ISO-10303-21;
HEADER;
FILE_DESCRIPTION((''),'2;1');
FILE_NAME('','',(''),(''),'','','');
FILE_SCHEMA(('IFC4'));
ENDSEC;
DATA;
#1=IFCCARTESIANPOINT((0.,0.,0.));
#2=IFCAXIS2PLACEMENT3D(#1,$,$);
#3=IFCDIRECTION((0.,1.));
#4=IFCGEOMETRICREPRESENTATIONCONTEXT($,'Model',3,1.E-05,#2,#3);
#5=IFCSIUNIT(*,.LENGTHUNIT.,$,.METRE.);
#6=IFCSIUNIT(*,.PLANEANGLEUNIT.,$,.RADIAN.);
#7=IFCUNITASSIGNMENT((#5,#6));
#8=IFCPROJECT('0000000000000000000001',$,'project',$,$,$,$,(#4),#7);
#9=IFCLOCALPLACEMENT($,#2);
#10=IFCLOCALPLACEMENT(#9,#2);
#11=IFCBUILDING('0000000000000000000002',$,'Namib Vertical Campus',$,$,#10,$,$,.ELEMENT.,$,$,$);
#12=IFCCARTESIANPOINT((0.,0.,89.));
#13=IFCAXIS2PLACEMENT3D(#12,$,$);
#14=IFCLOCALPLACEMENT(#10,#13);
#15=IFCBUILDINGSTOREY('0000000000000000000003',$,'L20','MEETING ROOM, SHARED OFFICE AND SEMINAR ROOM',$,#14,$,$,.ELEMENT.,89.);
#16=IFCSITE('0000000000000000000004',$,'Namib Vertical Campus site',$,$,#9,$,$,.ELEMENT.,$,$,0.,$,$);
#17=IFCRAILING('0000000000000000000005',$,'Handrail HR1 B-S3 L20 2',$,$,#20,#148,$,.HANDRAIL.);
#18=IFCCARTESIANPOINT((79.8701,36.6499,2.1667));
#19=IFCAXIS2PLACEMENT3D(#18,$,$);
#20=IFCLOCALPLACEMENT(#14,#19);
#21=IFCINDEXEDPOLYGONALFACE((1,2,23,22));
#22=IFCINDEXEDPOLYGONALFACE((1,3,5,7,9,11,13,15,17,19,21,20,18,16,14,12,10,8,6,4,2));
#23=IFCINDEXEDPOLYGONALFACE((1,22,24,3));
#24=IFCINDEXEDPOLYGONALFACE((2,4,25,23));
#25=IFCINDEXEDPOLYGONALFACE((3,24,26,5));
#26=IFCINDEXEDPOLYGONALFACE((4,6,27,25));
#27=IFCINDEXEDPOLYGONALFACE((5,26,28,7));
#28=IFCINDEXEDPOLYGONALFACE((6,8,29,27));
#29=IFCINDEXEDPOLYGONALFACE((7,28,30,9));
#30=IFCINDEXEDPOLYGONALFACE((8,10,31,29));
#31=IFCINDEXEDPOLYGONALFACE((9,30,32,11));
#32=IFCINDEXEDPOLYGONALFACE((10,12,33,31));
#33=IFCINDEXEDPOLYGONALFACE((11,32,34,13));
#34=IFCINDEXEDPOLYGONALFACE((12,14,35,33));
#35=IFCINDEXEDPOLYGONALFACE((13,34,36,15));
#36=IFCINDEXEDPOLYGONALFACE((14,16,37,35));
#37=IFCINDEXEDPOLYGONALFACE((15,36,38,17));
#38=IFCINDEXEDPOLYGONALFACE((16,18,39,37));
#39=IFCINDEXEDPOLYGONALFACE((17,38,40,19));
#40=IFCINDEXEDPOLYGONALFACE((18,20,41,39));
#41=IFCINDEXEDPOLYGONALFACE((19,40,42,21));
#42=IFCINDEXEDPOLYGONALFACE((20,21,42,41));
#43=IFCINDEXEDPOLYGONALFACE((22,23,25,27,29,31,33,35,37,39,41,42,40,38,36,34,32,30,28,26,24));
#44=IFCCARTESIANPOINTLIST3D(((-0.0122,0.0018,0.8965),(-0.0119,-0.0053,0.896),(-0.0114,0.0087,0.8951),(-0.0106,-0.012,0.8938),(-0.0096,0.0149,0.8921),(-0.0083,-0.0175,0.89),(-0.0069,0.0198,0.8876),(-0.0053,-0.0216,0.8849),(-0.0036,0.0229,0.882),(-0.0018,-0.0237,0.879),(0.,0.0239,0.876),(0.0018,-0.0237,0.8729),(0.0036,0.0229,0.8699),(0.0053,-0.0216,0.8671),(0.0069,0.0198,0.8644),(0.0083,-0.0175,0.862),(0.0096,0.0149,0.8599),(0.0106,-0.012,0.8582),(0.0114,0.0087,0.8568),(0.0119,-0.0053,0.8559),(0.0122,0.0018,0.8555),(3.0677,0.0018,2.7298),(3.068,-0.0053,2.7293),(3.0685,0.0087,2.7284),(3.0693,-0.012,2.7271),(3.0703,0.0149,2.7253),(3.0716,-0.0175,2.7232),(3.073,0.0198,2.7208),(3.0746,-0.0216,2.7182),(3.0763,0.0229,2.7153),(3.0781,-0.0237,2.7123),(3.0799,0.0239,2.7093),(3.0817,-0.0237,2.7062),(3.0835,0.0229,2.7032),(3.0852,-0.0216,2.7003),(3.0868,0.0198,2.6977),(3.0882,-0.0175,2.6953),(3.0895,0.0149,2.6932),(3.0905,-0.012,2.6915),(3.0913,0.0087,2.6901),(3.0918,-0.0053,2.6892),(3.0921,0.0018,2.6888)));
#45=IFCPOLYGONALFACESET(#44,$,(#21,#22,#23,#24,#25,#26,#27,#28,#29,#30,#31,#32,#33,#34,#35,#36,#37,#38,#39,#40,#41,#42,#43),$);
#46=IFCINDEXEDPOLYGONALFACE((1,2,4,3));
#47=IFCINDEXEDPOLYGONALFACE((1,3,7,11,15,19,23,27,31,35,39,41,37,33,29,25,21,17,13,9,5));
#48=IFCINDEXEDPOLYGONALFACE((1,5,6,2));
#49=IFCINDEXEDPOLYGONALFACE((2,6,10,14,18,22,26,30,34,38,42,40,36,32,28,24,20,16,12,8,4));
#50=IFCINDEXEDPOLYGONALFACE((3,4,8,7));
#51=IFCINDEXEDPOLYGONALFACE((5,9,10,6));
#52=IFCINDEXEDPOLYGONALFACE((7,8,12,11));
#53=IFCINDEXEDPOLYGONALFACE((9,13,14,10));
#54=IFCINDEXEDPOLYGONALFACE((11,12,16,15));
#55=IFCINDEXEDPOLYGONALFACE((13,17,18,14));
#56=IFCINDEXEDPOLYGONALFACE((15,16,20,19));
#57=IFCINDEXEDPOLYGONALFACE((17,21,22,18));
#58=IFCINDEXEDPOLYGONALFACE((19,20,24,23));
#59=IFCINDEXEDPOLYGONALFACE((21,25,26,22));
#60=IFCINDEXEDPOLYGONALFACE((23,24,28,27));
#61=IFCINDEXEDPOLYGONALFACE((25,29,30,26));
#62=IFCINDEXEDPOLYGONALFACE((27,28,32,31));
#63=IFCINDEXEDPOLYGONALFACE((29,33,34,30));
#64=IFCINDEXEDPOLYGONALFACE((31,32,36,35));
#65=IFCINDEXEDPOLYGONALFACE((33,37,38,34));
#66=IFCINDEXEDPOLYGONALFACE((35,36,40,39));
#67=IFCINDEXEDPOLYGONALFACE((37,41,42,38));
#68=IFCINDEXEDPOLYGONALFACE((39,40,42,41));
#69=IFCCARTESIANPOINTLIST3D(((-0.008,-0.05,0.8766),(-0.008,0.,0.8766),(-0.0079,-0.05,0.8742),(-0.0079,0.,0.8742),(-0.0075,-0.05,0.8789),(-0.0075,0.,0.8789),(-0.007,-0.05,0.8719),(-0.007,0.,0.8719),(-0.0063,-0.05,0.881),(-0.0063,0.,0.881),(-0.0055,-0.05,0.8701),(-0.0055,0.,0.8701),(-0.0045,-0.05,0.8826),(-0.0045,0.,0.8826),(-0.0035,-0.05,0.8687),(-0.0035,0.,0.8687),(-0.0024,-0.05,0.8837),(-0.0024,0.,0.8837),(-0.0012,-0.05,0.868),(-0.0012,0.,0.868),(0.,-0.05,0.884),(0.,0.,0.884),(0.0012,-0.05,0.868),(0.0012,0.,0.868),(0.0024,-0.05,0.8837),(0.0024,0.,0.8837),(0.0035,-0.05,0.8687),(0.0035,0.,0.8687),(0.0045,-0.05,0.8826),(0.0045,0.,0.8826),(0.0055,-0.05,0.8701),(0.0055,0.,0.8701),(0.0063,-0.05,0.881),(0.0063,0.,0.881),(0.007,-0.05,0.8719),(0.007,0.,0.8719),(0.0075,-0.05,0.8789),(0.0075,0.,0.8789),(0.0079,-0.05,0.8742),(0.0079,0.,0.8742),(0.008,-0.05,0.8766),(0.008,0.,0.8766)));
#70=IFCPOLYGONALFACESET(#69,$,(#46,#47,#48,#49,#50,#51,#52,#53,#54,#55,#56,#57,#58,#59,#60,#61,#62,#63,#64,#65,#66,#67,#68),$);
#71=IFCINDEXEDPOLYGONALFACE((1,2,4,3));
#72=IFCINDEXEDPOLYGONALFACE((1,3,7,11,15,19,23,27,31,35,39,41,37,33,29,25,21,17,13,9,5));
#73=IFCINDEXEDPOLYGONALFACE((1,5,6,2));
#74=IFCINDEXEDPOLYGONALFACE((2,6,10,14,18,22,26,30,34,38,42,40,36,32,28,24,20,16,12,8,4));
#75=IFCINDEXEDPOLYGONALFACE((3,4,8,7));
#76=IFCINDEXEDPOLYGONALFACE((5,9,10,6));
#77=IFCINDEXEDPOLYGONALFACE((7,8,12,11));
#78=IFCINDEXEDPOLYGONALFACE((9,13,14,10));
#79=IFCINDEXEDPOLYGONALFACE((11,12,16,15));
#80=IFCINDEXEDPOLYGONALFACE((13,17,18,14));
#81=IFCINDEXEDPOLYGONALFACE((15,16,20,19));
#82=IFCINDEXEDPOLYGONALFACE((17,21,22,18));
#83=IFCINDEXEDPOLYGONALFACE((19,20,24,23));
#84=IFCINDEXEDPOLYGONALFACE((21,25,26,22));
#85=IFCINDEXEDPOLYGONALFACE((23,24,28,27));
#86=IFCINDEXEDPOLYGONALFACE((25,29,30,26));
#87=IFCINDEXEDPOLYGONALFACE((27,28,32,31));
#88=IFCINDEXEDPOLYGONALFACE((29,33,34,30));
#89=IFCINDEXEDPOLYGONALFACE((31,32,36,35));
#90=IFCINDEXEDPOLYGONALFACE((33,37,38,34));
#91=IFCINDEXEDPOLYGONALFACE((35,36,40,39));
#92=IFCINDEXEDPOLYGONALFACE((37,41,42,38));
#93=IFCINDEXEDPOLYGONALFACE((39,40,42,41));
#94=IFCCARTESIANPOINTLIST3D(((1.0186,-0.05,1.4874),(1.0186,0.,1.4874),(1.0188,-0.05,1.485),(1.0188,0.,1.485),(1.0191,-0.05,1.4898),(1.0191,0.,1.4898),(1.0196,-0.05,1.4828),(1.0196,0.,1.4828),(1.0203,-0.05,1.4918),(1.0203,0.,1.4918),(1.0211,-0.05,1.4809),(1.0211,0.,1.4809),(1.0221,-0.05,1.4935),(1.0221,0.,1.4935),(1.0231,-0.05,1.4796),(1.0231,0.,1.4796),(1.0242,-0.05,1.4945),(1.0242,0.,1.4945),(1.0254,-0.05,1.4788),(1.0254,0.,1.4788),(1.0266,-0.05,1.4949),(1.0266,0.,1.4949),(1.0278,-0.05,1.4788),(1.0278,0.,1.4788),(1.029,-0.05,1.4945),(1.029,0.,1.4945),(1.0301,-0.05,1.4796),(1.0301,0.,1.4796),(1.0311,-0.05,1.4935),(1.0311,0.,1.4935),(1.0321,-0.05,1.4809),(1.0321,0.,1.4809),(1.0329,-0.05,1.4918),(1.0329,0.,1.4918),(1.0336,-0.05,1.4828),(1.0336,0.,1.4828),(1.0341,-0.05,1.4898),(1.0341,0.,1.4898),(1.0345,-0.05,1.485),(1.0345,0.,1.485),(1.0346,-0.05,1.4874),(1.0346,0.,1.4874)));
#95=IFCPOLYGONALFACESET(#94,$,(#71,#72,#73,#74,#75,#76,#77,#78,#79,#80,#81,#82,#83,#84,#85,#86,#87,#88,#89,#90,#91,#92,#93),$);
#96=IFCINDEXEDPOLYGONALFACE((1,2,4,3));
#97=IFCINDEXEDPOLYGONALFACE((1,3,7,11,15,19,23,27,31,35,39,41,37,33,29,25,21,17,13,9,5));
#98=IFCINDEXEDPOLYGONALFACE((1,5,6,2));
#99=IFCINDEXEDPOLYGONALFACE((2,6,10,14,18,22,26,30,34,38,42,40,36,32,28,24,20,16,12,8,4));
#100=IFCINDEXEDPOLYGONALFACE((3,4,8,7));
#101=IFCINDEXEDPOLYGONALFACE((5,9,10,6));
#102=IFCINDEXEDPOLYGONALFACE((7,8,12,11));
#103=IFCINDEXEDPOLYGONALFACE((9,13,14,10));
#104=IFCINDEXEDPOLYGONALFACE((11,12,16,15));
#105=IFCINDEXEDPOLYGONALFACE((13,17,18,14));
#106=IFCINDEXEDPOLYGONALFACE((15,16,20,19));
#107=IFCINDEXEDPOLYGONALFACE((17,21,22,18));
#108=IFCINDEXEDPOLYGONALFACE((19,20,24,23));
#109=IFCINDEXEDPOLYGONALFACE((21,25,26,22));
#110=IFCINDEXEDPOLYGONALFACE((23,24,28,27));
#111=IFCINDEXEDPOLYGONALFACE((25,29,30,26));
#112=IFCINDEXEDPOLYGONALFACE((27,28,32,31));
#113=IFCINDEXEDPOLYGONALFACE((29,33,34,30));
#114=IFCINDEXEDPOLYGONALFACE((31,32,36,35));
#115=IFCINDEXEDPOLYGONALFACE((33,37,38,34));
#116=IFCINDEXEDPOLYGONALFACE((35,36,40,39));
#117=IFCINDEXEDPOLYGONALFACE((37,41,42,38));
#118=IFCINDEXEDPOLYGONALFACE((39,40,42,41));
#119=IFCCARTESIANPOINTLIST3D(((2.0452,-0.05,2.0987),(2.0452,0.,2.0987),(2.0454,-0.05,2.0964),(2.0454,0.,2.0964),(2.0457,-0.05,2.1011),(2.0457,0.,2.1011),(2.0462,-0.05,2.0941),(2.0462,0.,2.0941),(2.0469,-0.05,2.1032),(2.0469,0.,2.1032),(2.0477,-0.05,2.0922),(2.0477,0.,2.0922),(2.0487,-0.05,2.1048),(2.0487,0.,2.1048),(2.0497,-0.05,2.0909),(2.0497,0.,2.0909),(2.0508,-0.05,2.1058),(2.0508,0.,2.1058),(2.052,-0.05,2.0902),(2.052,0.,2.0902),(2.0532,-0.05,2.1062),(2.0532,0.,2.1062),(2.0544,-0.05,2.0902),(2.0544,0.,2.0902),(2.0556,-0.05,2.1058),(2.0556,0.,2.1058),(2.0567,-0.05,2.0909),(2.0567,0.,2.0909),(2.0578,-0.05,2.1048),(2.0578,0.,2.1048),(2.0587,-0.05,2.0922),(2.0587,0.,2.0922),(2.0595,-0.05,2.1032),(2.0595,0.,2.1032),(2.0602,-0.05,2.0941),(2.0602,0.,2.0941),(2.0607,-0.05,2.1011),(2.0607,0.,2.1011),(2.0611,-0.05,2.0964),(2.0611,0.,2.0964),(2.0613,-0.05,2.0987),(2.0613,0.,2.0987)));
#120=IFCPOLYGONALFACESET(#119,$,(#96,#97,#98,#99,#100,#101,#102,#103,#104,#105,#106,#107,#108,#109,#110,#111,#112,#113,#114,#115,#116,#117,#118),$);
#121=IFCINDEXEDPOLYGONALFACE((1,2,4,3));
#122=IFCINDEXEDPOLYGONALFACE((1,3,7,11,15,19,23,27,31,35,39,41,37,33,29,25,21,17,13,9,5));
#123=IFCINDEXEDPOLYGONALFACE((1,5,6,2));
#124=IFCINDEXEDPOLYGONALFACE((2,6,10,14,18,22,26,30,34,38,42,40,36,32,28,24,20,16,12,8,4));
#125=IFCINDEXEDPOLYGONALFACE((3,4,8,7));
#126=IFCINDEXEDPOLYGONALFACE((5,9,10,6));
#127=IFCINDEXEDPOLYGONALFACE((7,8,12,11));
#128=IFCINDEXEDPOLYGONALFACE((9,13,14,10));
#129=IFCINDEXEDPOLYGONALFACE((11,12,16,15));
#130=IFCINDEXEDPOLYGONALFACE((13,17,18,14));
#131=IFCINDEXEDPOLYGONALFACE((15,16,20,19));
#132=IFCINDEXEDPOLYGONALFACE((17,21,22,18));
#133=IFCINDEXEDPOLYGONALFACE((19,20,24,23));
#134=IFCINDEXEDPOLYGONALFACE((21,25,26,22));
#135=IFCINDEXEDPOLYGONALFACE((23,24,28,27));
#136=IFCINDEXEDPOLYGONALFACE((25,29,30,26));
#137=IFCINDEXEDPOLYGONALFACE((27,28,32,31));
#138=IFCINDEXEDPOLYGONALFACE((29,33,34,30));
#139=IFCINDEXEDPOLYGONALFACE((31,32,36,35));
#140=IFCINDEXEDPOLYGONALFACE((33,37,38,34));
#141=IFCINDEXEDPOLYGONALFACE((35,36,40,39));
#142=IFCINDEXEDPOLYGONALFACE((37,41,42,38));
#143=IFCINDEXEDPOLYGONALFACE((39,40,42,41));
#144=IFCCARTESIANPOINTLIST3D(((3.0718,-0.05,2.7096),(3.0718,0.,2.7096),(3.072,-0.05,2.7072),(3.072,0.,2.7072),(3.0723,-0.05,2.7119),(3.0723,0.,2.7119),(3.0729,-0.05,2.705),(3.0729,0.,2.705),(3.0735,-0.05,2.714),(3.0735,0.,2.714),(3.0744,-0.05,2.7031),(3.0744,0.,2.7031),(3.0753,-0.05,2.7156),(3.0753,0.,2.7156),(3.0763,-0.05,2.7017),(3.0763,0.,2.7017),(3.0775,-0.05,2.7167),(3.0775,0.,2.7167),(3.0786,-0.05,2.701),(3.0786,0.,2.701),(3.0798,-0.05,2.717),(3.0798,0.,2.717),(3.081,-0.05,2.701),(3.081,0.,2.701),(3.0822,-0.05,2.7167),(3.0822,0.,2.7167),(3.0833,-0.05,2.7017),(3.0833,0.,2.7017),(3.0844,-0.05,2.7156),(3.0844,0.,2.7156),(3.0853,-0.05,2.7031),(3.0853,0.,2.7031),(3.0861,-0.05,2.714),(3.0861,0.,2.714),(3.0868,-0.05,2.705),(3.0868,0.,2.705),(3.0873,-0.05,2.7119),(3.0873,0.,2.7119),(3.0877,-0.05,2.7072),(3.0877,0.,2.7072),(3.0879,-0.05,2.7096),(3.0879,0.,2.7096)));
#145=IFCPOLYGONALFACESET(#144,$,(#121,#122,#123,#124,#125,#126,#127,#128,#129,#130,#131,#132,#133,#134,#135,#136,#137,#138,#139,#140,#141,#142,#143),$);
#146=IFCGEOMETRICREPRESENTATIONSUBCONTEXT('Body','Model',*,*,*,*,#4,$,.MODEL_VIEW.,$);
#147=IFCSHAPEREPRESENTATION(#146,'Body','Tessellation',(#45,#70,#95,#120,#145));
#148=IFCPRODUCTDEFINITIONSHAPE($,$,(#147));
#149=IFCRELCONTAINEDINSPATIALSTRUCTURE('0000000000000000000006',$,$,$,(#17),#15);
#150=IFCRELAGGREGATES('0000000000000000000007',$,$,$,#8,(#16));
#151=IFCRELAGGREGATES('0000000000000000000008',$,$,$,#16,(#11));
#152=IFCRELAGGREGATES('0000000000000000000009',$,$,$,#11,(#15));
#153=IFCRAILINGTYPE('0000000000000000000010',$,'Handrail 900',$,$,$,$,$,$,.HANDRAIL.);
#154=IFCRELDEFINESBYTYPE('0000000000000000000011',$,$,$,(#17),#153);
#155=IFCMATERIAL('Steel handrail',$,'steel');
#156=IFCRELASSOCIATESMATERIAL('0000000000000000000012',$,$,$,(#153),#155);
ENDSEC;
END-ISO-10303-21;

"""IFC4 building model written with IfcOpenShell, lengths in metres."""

from ifc_helpers import new_model, si_unit, direction, frame, origin, origin_2d, place, context, subcontext, project, spatial, circle, extrude, material, type_object, element, save


model = new_model("IFC4")

# Units and contexts
model_context = context("Model", 3, precision=1e-05, world=origin(), true_north=direction((0.0, 1.0)))
body_context = subcontext(model_context, "Body", "Model", "MODEL_VIEW")
ifc_project = project(units=[si_unit("LENGTHUNIT", "METRE"), si_unit("PLANEANGLEUNIT", "RADIAN")], contexts=[model_context])

# Site, building, storey
site_placement = place(None, origin())
site = spatial("IfcSite", under=ifc_project, at=site_placement, Name="Namib Vertical Campus site", CompositionType="ELEMENT", RefElevation=0.0)
building_placement = place(site_placement, origin())
building = spatial("IfcBuilding", under=site, at=building_placement, Name="Namib Vertical Campus", CompositionType="ELEMENT")
storey_placement = place(building_placement, frame((0.0, 0.0, 89.0)))
storey = spatial("IfcBuildingStorey", under=building, at=storey_placement, Name="L20", Description="MEETING ROOM, SHARED OFFICE AND SEMINAR ROOM", CompositionType="ELEMENT", Elevation=89.0)

# Railing
ifc_material_1 = material(Name="Steel handrail", Category="steel")
railing_type_1 = type_object("IfcRailingType", Name="Handrail 900", PredefinedType="HANDRAIL", material=ifc_material_1)
railing_1_placement = place(storey_placement, frame((79.8701, 36.6499, 2.1667)))
element("IfcRailing", 1, at=railing_1_placement, inside=storey, type_object=railing_type_1, Name="Handrail HR1 B-S3 L20 2", PredefinedType="HANDRAIL", context=body_context, shape_type="SweptSolid", body=[
    extrude(circle(Radius=0.0239, at=origin_2d()), frame((0.0, 0.0, 0.876), z_axis=(0.859291, 0.0, 0.511487), x_axis=(0.0, 1.0, 0.0)), (0.0, 0.0, 1.0), 3.5842),
    extrude(circle(Radius=0.0081, at=origin_2d()), frame((0.0, 0.0, 0.876), z_axis=(0.0, -1.0, 0.0), x_axis=(0.0, 0.0, 1.0)), (0.0, 0.0, 1.0), 0.05),
    extrude(circle(Radius=0.0081, at=origin_2d()), frame((1.0266, 0.0, 1.4868), z_axis=(0.0, -1.0, 0.0), x_axis=(0.0, 0.0, 1.0)), (0.0, 0.0, 1.0), 0.05),
    extrude(circle(Radius=0.0081, at=origin_2d()), frame((2.0532, 0.0, 2.0981), z_axis=(0.0, -1.0, 0.0), x_axis=(0.0, 0.0, 1.0)), (0.0, 0.0, 1.0), 0.05),
    extrude(circle(Radius=0.0081, at=origin_2d()), frame((3.0798, 0.0, 2.709), z_axis=(0.0, -1.0, 0.0), x_axis=(0.0, 0.0, 1.0)), (0.0, 0.0, 1.0), 0.05),
])

save(model, "model.ifc")
